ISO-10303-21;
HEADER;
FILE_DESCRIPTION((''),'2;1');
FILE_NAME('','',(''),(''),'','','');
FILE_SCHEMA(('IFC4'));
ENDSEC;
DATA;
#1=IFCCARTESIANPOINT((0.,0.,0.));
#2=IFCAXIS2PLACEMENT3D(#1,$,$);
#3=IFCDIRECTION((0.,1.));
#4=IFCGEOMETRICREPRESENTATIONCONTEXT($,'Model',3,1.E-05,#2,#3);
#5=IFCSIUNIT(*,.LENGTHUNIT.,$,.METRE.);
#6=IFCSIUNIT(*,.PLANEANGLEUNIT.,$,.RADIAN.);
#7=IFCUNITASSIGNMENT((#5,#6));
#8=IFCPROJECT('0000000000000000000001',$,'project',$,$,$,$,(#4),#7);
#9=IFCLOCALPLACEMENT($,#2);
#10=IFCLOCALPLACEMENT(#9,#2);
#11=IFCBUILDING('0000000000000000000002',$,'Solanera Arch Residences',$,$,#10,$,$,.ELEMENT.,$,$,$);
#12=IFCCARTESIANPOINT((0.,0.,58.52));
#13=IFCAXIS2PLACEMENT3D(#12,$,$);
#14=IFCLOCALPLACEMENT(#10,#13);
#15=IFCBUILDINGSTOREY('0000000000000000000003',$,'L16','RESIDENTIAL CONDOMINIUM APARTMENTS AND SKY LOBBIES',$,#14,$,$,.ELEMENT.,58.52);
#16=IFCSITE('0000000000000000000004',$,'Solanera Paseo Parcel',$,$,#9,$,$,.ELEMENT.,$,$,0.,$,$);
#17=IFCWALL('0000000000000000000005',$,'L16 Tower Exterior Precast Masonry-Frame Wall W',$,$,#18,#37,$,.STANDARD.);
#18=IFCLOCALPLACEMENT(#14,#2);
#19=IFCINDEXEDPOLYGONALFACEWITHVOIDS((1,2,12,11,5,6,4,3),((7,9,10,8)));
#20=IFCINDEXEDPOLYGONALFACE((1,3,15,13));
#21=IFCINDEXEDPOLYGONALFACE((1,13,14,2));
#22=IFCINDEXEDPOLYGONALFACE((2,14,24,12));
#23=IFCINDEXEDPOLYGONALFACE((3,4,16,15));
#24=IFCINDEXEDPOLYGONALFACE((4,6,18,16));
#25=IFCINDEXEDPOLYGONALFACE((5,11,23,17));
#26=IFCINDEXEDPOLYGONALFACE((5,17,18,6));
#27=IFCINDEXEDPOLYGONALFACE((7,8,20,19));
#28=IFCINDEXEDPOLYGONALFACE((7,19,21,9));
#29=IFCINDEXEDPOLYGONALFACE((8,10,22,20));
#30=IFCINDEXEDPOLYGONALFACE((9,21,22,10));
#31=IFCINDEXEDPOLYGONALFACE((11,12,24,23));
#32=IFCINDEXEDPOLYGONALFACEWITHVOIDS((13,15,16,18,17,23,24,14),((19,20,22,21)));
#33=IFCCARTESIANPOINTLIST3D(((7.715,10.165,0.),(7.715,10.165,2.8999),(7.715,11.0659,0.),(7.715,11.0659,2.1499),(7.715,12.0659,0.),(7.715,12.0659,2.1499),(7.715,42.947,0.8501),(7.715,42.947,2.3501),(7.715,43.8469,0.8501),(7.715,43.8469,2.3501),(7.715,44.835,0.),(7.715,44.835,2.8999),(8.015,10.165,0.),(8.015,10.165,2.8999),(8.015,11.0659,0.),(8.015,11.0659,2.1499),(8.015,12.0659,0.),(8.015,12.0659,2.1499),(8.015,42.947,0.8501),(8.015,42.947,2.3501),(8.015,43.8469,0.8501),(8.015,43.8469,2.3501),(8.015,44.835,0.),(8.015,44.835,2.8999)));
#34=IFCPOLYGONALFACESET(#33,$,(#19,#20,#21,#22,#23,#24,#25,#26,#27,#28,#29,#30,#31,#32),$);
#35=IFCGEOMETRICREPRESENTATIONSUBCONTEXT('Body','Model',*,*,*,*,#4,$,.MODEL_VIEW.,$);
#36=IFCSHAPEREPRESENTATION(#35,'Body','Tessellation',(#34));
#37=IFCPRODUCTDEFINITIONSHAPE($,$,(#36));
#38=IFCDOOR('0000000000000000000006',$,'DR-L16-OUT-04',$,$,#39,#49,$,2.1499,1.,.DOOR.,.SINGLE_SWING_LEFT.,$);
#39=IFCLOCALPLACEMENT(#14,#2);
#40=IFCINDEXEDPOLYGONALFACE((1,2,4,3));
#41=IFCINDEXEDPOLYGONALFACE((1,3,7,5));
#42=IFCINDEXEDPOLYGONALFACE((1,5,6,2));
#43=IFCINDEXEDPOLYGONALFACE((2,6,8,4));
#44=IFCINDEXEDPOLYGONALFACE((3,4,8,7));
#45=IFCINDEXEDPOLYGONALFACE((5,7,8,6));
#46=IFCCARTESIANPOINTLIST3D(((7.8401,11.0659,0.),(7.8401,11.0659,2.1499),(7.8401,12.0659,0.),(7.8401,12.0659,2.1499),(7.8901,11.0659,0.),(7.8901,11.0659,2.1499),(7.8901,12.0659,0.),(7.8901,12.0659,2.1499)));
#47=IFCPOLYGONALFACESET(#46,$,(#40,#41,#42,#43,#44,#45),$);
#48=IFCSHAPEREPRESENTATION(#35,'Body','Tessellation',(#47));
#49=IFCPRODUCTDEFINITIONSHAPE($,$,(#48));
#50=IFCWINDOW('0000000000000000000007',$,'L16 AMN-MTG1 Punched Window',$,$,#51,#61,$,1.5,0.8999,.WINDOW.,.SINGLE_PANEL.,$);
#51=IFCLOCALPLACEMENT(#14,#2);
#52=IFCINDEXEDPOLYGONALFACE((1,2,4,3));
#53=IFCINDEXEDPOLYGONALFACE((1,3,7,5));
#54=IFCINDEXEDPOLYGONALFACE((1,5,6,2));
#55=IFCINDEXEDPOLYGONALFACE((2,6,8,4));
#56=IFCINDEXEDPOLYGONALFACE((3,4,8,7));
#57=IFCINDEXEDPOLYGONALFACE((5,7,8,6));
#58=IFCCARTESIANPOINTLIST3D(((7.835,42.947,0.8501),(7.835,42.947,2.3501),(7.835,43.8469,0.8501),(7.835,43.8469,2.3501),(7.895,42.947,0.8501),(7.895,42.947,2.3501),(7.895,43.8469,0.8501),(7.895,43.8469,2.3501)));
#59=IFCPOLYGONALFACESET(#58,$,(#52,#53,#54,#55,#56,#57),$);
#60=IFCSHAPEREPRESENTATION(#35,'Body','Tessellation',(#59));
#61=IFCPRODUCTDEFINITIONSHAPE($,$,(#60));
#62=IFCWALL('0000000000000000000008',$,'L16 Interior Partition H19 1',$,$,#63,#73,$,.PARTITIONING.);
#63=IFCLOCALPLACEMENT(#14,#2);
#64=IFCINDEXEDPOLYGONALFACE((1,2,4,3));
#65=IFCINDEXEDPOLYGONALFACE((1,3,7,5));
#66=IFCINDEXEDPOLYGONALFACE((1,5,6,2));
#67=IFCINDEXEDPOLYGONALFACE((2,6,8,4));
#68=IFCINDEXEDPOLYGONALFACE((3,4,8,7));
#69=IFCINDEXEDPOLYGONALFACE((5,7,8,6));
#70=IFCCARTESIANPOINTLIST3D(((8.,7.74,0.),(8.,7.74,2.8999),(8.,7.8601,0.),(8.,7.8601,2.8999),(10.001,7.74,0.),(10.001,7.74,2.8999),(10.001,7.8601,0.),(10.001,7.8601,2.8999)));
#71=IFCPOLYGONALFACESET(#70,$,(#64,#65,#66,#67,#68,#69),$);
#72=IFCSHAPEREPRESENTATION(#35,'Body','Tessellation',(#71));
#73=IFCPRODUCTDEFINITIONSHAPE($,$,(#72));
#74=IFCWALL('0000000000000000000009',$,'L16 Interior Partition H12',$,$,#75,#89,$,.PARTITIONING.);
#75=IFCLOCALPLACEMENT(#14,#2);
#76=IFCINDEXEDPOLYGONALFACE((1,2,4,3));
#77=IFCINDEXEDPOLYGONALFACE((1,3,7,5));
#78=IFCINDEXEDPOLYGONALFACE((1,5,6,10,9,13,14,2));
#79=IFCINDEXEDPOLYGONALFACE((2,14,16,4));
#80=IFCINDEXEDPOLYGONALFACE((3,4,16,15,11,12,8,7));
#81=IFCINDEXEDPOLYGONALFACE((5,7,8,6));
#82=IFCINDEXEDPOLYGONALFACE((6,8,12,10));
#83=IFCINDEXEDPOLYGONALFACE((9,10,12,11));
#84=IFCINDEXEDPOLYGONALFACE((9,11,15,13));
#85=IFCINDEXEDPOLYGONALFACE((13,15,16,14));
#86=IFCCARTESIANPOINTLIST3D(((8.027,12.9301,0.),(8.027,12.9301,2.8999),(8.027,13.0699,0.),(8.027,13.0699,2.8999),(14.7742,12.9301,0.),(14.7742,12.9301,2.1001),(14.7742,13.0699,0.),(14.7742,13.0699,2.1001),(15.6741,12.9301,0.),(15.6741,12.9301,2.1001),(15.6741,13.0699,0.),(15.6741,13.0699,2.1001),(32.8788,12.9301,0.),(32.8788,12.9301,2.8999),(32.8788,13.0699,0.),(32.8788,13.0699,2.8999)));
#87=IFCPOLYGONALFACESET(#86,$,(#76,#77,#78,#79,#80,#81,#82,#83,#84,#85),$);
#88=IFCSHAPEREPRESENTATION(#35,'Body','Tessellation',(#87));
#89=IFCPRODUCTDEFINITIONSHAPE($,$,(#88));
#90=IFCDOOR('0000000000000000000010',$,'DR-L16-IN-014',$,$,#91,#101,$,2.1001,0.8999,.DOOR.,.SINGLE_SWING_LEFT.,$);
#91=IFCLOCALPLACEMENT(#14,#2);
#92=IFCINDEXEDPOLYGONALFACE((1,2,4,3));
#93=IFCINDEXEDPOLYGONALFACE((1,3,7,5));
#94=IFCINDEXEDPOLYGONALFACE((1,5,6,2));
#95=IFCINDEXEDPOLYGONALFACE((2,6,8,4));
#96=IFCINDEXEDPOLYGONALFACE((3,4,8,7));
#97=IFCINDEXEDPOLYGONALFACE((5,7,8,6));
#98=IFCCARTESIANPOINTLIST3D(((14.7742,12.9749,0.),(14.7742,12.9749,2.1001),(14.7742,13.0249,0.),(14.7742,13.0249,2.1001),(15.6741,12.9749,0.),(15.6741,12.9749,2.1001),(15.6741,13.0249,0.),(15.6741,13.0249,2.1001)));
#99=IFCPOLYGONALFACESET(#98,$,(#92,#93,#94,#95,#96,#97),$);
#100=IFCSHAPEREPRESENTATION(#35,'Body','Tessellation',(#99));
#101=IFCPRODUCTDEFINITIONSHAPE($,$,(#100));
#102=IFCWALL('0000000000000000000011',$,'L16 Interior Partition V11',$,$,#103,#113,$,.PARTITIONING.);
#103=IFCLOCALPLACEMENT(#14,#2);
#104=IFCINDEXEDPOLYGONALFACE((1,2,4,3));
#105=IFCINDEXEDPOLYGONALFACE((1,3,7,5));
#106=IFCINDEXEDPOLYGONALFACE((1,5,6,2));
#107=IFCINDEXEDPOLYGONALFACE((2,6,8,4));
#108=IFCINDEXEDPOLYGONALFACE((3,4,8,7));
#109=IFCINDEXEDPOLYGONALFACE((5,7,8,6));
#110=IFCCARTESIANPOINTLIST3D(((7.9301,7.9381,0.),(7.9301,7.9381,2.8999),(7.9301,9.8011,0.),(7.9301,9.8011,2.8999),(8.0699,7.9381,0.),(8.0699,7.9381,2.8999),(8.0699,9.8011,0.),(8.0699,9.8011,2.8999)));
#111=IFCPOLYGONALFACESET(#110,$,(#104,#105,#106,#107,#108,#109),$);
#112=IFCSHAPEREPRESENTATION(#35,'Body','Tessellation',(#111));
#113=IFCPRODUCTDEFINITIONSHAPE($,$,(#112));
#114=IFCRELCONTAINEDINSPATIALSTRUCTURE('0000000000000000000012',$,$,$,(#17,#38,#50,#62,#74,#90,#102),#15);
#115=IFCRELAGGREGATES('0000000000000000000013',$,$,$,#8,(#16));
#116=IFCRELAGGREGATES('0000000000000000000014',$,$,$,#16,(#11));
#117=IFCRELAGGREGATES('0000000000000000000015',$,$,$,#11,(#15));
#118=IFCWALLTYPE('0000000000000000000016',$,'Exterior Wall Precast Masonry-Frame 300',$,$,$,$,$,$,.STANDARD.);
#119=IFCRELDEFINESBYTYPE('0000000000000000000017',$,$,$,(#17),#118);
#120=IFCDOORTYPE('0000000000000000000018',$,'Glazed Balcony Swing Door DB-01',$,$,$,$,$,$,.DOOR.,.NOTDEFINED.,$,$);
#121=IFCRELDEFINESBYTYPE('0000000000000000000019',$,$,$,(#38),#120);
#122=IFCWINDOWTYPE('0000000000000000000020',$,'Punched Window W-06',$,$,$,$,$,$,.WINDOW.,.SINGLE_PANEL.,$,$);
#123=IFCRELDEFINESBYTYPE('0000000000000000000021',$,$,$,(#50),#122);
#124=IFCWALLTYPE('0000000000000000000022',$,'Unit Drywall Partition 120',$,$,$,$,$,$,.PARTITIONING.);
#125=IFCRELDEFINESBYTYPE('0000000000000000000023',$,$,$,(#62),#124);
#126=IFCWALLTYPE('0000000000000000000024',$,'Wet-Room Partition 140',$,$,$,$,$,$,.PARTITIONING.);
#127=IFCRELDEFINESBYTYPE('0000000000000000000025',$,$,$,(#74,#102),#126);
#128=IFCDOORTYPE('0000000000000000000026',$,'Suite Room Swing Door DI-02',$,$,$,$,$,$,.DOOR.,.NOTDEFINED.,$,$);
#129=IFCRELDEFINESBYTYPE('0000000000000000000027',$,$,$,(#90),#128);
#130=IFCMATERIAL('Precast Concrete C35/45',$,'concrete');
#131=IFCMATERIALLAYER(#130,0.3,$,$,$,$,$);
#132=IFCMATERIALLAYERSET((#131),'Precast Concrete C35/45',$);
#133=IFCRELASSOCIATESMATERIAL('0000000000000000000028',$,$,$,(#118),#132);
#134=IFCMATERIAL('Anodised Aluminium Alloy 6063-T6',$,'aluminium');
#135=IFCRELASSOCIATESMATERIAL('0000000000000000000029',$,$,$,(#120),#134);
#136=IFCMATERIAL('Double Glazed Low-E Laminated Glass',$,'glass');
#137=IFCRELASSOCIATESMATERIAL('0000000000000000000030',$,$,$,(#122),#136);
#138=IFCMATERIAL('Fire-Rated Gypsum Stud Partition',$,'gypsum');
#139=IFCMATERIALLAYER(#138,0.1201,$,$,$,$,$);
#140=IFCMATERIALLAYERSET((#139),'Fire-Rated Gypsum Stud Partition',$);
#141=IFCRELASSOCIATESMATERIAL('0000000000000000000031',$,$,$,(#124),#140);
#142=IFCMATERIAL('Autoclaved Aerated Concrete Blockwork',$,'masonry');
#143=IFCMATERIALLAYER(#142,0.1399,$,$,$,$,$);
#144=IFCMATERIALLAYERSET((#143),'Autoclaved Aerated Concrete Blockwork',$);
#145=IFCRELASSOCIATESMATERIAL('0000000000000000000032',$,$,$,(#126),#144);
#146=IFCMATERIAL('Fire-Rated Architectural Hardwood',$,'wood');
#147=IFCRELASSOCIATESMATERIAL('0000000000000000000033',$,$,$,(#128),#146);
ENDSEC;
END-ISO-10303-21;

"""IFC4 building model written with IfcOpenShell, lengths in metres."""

from ifc_helpers import new_model, si_unit, direction, frame, frame_2d, origin, place, context, subcontext, project, spatial, rectangle, extrude, material, layer, layer_set, type_object, element, fill, save


model = new_model("IFC4")

# Units and contexts
model_context = context("Model", 3, precision=1e-05, world=origin(), true_north=direction((0.0, 1.0)))
body_context = subcontext(model_context, "Body", "Model", "MODEL_VIEW")
ifc_project = project(units=[si_unit("LENGTHUNIT", "METRE"), si_unit("PLANEANGLEUNIT", "RADIAN")], contexts=[model_context])

# Site, building, storey
site_placement = place(None, origin())
site = spatial("IfcSite", under=ifc_project, at=site_placement, Name="Solanera Paseo Parcel", CompositionType="ELEMENT", RefElevation=0.0)
building_placement = place(site_placement, origin())
building = spatial("IfcBuilding", under=site, at=building_placement, Name="Solanera Arch Residences", CompositionType="ELEMENT")
storey_placement = place(building_placement, frame((0.0, 0.0, 58.52)))
storey = spatial("IfcBuildingStorey", under=building, at=storey_placement, Name="L16", Description="RESIDENTIAL CONDOMINIUM APARTMENTS AND SKY LOBBIES", CompositionType="ELEMENT", Elevation=58.52)

# Wall, openings, door, window
ifc_material_1 = material(Name="Precast Concrete C35/45", Category="concrete")
ifc_layer_1 = layer(ifc_material_1, 0.3)
ifc_layer_set_1 = layer_set([ifc_layer_1], Name="Precast Concrete C35/45")
wall_type_1 = type_object("IfcWallType", Name="Exterior Wall Precast Masonry-Frame 300", PredefinedType="STANDARD", material=ifc_layer_set_1)
wall_1_placement = place(storey_placement, frame((7.865, 10.165, 0.0), z_axis=(0.0, 0.0, 1.0), x_axis=(0.0, 1.0, 0.0)))
wall_1 = element("IfcWall", 1, at=wall_1_placement, inside=storey, type_object=wall_type_1, Name="L16 Tower Exterior Precast Masonry-Frame Wall W", PredefinedType="STANDARD", context=body_context, shape_type="SweptSolid", body=[
    extrude(rectangle(XDim=34.6699, YDim=0.3, at=frame_2d((17.335, 0.0))), origin(), (0.0, 0.0, 1.0), 2.8999),
])
opening_1_placement = place(wall_1_placement, frame((0.9009, 0.0, 0.0)))
opening_1 = element("IfcOpeningElement", 2, at=opening_1_placement, cuts=wall_1, PredefinedType="OPENING", context=body_context, shape_type="SweptSolid", body=[
    extrude(rectangle(XDim=1.0, YDim=2.1499, at=frame_2d((0.5, 1.075))), frame((0.0, 0.1599, 0.0), z_axis=(0.0, -1.0, 0.0), x_axis=(1.0, 0.0, 0.0)), (0.0, 0.0, 1.0), 0.32),
])
opening_2_placement = place(wall_1_placement, frame((32.782, 0.0, 0.8501)))
opening_2 = element("IfcOpeningElement", 3, at=opening_2_placement, cuts=wall_1, PredefinedType="OPENING", context=body_context, shape_type="SweptSolid", body=[
    extrude(rectangle(XDim=0.8999, YDim=1.5, at=frame_2d((0.45, 0.75))), frame((0.0, 0.1599, 0.0), z_axis=(0.0, -1.0, 0.0), x_axis=(1.0, 0.0, 0.0)), (0.0, 0.0, 1.0), 0.32),
])
ifc_material_2 = material(Name="Anodised Aluminium Alloy 6063-T6", Category="aluminium")
door_type_1 = type_object("IfcDoorType", Name="Glazed Balcony Swing Door DB-01", OperationType="NOTDEFINED", PredefinedType="DOOR", material=ifc_material_2)
door_1_placement = place(opening_1_placement, origin())
door_1 = element("IfcDoor", 4, at=door_1_placement, inside=storey, type_object=door_type_1, Name="DR-L16-OUT-04", OperationType="SINGLE_SWING_LEFT", OverallHeight=2.1499, OverallWidth=1.0, PredefinedType="DOOR", context=body_context, shape_type="SweptSolid", body=[
    extrude(rectangle(XDim=1.0, YDim=2.1499, at=frame_2d((0.5, 1.075))), frame((0.0, 0.0249, 0.0), z_axis=(0.0, -1.0, 0.0), x_axis=(1.0, 0.0, 0.0)), (0.0, 0.0, 1.0), 0.05),
])
fill(opening_1, door_1)
ifc_material_3 = material(Name="Double Glazed Low-E Laminated Glass", Category="glass")
window_type = type_object("IfcWindowType", Name="Punched Window W-06", PartitioningType="SINGLE_PANEL", PredefinedType="WINDOW", material=ifc_material_3)
window_placement = place(opening_2_placement, origin())
window = element("IfcWindow", 5, at=window_placement, inside=storey, type_object=window_type, Name="L16 AMN-MTG1 Punched Window", OverallHeight=1.5, OverallWidth=0.8999, PartitioningType="SINGLE_PANEL", PredefinedType="WINDOW", context=body_context, shape_type="SweptSolid", body=[
    extrude(rectangle(XDim=0.8999, YDim=1.5, at=frame_2d((0.45, 0.75))), frame((0.0, 0.03, 0.0), z_axis=(0.0, -1.0, 0.0), x_axis=(1.0, 0.0, 0.0)), (0.0, 0.0, 1.0), 0.0601),
])
fill(opening_2, window)

# Wall
ifc_material_4 = material(Name="Fire-Rated Gypsum Stud Partition", Category="gypsum")
ifc_layer_2 = layer(ifc_material_4, 0.1201)
ifc_layer_set_2 = layer_set([ifc_layer_2], Name="Fire-Rated Gypsum Stud Partition")
wall_type_2 = type_object("IfcWallType", Name="Unit Drywall Partition 120", PredefinedType="PARTITIONING", material=ifc_layer_set_2)
wall_2_placement = place(storey_placement, frame((8.0, 7.8, 0.0), z_axis=(0.0, 0.0, 1.0), x_axis=(1.0, 0.0, 0.0)))
element("IfcWall", 6, at=wall_2_placement, inside=storey, type_object=wall_type_2, Name="L16 Interior Partition H19 1", PredefinedType="PARTITIONING", context=body_context, shape_type="SweptSolid", body=[
    extrude(rectangle(XDim=2.001, YDim=0.1201, at=frame_2d((1.0005, 0.0))), origin(), (0.0, 0.0, 1.0), 2.8999),
])

# Wall, opening, door
ifc_material_5 = material(Name="Autoclaved Aerated Concrete Blockwork", Category="masonry")
ifc_layer_3 = layer(ifc_material_5, 0.1399)
ifc_layer_set_3 = layer_set([ifc_layer_3], Name="Autoclaved Aerated Concrete Blockwork")
wall_type_3 = type_object("IfcWallType", Name="Wet-Room Partition 140", PredefinedType="PARTITIONING", material=ifc_layer_set_3)
wall_3_placement = place(storey_placement, frame((8.0271, 13.0, 0.0), z_axis=(0.0, 0.0, 1.0), x_axis=(1.0, 0.0, 0.0)))
wall_3 = element("IfcWall", 7, at=wall_3_placement, inside=storey, type_object=wall_type_3, Name="L16 Interior Partition H12", PredefinedType="PARTITIONING", context=body_context, shape_type="SweptSolid", body=[
    extrude(rectangle(XDim=24.8518, YDim=0.1399, at=frame_2d((12.4258, 0.0))), origin(), (0.0, 0.0, 1.0), 2.8999),
])
opening_3_placement = place(wall_3_placement, frame((6.7471, 0.0, 0.0)))
opening_3 = element("IfcOpeningElement", 8, at=opening_3_placement, cuts=wall_3, PredefinedType="OPENING", context=body_context, shape_type="SweptSolid", body=[
    extrude(rectangle(XDim=0.8999, YDim=2.1001, at=frame_2d((0.45, 1.05))), frame((0.0, 0.0798, 0.0), z_axis=(0.0, -1.0, 0.0), x_axis=(1.0, 0.0, 0.0)), (0.0, 0.0, 1.0), 0.1599),
])
ifc_material_6 = material(Name="Fire-Rated Architectural Hardwood", Category="wood")
door_type_2 = type_object("IfcDoorType", Name="Suite Room Swing Door DI-02", OperationType="NOTDEFINED", PredefinedType="DOOR", material=ifc_material_6)
door_2_placement = place(opening_3_placement, origin())
door_2 = element("IfcDoor", 9, at=door_2_placement, inside=storey, type_object=door_type_2, Name="DR-L16-IN-014", OperationType="SINGLE_SWING_LEFT", OverallHeight=2.1001, OverallWidth=0.8999, PredefinedType="DOOR", context=body_context, shape_type="SweptSolid", body=[
    extrude(rectangle(XDim=0.8999, YDim=2.1001, at=frame_2d((0.45, 1.05))), frame((0.0, 0.0249, 0.0), z_axis=(0.0, -1.0, 0.0), x_axis=(1.0, 0.0, 0.0)), (0.0, 0.0, 1.0), 0.05),
])
fill(opening_3, door_2)

# Wall
wall_4_placement = place(storey_placement, frame((8.0, 7.938, 0.0), z_axis=(0.0, 0.0, 1.0), x_axis=(0.0, 1.0, 0.0)))
element("IfcWall", 10, at=wall_4_placement, inside=storey, type_object=wall_type_3, Name="L16 Interior Partition V11", PredefinedType="PARTITIONING", context=body_context, shape_type="SweptSolid", body=[
    extrude(rectangle(XDim=1.863, YDim=0.1399, at=frame_2d((0.9316, 0.0))), origin(), (0.0, 0.0, 1.0), 2.8999),
])

save(model, "model.ifc")
